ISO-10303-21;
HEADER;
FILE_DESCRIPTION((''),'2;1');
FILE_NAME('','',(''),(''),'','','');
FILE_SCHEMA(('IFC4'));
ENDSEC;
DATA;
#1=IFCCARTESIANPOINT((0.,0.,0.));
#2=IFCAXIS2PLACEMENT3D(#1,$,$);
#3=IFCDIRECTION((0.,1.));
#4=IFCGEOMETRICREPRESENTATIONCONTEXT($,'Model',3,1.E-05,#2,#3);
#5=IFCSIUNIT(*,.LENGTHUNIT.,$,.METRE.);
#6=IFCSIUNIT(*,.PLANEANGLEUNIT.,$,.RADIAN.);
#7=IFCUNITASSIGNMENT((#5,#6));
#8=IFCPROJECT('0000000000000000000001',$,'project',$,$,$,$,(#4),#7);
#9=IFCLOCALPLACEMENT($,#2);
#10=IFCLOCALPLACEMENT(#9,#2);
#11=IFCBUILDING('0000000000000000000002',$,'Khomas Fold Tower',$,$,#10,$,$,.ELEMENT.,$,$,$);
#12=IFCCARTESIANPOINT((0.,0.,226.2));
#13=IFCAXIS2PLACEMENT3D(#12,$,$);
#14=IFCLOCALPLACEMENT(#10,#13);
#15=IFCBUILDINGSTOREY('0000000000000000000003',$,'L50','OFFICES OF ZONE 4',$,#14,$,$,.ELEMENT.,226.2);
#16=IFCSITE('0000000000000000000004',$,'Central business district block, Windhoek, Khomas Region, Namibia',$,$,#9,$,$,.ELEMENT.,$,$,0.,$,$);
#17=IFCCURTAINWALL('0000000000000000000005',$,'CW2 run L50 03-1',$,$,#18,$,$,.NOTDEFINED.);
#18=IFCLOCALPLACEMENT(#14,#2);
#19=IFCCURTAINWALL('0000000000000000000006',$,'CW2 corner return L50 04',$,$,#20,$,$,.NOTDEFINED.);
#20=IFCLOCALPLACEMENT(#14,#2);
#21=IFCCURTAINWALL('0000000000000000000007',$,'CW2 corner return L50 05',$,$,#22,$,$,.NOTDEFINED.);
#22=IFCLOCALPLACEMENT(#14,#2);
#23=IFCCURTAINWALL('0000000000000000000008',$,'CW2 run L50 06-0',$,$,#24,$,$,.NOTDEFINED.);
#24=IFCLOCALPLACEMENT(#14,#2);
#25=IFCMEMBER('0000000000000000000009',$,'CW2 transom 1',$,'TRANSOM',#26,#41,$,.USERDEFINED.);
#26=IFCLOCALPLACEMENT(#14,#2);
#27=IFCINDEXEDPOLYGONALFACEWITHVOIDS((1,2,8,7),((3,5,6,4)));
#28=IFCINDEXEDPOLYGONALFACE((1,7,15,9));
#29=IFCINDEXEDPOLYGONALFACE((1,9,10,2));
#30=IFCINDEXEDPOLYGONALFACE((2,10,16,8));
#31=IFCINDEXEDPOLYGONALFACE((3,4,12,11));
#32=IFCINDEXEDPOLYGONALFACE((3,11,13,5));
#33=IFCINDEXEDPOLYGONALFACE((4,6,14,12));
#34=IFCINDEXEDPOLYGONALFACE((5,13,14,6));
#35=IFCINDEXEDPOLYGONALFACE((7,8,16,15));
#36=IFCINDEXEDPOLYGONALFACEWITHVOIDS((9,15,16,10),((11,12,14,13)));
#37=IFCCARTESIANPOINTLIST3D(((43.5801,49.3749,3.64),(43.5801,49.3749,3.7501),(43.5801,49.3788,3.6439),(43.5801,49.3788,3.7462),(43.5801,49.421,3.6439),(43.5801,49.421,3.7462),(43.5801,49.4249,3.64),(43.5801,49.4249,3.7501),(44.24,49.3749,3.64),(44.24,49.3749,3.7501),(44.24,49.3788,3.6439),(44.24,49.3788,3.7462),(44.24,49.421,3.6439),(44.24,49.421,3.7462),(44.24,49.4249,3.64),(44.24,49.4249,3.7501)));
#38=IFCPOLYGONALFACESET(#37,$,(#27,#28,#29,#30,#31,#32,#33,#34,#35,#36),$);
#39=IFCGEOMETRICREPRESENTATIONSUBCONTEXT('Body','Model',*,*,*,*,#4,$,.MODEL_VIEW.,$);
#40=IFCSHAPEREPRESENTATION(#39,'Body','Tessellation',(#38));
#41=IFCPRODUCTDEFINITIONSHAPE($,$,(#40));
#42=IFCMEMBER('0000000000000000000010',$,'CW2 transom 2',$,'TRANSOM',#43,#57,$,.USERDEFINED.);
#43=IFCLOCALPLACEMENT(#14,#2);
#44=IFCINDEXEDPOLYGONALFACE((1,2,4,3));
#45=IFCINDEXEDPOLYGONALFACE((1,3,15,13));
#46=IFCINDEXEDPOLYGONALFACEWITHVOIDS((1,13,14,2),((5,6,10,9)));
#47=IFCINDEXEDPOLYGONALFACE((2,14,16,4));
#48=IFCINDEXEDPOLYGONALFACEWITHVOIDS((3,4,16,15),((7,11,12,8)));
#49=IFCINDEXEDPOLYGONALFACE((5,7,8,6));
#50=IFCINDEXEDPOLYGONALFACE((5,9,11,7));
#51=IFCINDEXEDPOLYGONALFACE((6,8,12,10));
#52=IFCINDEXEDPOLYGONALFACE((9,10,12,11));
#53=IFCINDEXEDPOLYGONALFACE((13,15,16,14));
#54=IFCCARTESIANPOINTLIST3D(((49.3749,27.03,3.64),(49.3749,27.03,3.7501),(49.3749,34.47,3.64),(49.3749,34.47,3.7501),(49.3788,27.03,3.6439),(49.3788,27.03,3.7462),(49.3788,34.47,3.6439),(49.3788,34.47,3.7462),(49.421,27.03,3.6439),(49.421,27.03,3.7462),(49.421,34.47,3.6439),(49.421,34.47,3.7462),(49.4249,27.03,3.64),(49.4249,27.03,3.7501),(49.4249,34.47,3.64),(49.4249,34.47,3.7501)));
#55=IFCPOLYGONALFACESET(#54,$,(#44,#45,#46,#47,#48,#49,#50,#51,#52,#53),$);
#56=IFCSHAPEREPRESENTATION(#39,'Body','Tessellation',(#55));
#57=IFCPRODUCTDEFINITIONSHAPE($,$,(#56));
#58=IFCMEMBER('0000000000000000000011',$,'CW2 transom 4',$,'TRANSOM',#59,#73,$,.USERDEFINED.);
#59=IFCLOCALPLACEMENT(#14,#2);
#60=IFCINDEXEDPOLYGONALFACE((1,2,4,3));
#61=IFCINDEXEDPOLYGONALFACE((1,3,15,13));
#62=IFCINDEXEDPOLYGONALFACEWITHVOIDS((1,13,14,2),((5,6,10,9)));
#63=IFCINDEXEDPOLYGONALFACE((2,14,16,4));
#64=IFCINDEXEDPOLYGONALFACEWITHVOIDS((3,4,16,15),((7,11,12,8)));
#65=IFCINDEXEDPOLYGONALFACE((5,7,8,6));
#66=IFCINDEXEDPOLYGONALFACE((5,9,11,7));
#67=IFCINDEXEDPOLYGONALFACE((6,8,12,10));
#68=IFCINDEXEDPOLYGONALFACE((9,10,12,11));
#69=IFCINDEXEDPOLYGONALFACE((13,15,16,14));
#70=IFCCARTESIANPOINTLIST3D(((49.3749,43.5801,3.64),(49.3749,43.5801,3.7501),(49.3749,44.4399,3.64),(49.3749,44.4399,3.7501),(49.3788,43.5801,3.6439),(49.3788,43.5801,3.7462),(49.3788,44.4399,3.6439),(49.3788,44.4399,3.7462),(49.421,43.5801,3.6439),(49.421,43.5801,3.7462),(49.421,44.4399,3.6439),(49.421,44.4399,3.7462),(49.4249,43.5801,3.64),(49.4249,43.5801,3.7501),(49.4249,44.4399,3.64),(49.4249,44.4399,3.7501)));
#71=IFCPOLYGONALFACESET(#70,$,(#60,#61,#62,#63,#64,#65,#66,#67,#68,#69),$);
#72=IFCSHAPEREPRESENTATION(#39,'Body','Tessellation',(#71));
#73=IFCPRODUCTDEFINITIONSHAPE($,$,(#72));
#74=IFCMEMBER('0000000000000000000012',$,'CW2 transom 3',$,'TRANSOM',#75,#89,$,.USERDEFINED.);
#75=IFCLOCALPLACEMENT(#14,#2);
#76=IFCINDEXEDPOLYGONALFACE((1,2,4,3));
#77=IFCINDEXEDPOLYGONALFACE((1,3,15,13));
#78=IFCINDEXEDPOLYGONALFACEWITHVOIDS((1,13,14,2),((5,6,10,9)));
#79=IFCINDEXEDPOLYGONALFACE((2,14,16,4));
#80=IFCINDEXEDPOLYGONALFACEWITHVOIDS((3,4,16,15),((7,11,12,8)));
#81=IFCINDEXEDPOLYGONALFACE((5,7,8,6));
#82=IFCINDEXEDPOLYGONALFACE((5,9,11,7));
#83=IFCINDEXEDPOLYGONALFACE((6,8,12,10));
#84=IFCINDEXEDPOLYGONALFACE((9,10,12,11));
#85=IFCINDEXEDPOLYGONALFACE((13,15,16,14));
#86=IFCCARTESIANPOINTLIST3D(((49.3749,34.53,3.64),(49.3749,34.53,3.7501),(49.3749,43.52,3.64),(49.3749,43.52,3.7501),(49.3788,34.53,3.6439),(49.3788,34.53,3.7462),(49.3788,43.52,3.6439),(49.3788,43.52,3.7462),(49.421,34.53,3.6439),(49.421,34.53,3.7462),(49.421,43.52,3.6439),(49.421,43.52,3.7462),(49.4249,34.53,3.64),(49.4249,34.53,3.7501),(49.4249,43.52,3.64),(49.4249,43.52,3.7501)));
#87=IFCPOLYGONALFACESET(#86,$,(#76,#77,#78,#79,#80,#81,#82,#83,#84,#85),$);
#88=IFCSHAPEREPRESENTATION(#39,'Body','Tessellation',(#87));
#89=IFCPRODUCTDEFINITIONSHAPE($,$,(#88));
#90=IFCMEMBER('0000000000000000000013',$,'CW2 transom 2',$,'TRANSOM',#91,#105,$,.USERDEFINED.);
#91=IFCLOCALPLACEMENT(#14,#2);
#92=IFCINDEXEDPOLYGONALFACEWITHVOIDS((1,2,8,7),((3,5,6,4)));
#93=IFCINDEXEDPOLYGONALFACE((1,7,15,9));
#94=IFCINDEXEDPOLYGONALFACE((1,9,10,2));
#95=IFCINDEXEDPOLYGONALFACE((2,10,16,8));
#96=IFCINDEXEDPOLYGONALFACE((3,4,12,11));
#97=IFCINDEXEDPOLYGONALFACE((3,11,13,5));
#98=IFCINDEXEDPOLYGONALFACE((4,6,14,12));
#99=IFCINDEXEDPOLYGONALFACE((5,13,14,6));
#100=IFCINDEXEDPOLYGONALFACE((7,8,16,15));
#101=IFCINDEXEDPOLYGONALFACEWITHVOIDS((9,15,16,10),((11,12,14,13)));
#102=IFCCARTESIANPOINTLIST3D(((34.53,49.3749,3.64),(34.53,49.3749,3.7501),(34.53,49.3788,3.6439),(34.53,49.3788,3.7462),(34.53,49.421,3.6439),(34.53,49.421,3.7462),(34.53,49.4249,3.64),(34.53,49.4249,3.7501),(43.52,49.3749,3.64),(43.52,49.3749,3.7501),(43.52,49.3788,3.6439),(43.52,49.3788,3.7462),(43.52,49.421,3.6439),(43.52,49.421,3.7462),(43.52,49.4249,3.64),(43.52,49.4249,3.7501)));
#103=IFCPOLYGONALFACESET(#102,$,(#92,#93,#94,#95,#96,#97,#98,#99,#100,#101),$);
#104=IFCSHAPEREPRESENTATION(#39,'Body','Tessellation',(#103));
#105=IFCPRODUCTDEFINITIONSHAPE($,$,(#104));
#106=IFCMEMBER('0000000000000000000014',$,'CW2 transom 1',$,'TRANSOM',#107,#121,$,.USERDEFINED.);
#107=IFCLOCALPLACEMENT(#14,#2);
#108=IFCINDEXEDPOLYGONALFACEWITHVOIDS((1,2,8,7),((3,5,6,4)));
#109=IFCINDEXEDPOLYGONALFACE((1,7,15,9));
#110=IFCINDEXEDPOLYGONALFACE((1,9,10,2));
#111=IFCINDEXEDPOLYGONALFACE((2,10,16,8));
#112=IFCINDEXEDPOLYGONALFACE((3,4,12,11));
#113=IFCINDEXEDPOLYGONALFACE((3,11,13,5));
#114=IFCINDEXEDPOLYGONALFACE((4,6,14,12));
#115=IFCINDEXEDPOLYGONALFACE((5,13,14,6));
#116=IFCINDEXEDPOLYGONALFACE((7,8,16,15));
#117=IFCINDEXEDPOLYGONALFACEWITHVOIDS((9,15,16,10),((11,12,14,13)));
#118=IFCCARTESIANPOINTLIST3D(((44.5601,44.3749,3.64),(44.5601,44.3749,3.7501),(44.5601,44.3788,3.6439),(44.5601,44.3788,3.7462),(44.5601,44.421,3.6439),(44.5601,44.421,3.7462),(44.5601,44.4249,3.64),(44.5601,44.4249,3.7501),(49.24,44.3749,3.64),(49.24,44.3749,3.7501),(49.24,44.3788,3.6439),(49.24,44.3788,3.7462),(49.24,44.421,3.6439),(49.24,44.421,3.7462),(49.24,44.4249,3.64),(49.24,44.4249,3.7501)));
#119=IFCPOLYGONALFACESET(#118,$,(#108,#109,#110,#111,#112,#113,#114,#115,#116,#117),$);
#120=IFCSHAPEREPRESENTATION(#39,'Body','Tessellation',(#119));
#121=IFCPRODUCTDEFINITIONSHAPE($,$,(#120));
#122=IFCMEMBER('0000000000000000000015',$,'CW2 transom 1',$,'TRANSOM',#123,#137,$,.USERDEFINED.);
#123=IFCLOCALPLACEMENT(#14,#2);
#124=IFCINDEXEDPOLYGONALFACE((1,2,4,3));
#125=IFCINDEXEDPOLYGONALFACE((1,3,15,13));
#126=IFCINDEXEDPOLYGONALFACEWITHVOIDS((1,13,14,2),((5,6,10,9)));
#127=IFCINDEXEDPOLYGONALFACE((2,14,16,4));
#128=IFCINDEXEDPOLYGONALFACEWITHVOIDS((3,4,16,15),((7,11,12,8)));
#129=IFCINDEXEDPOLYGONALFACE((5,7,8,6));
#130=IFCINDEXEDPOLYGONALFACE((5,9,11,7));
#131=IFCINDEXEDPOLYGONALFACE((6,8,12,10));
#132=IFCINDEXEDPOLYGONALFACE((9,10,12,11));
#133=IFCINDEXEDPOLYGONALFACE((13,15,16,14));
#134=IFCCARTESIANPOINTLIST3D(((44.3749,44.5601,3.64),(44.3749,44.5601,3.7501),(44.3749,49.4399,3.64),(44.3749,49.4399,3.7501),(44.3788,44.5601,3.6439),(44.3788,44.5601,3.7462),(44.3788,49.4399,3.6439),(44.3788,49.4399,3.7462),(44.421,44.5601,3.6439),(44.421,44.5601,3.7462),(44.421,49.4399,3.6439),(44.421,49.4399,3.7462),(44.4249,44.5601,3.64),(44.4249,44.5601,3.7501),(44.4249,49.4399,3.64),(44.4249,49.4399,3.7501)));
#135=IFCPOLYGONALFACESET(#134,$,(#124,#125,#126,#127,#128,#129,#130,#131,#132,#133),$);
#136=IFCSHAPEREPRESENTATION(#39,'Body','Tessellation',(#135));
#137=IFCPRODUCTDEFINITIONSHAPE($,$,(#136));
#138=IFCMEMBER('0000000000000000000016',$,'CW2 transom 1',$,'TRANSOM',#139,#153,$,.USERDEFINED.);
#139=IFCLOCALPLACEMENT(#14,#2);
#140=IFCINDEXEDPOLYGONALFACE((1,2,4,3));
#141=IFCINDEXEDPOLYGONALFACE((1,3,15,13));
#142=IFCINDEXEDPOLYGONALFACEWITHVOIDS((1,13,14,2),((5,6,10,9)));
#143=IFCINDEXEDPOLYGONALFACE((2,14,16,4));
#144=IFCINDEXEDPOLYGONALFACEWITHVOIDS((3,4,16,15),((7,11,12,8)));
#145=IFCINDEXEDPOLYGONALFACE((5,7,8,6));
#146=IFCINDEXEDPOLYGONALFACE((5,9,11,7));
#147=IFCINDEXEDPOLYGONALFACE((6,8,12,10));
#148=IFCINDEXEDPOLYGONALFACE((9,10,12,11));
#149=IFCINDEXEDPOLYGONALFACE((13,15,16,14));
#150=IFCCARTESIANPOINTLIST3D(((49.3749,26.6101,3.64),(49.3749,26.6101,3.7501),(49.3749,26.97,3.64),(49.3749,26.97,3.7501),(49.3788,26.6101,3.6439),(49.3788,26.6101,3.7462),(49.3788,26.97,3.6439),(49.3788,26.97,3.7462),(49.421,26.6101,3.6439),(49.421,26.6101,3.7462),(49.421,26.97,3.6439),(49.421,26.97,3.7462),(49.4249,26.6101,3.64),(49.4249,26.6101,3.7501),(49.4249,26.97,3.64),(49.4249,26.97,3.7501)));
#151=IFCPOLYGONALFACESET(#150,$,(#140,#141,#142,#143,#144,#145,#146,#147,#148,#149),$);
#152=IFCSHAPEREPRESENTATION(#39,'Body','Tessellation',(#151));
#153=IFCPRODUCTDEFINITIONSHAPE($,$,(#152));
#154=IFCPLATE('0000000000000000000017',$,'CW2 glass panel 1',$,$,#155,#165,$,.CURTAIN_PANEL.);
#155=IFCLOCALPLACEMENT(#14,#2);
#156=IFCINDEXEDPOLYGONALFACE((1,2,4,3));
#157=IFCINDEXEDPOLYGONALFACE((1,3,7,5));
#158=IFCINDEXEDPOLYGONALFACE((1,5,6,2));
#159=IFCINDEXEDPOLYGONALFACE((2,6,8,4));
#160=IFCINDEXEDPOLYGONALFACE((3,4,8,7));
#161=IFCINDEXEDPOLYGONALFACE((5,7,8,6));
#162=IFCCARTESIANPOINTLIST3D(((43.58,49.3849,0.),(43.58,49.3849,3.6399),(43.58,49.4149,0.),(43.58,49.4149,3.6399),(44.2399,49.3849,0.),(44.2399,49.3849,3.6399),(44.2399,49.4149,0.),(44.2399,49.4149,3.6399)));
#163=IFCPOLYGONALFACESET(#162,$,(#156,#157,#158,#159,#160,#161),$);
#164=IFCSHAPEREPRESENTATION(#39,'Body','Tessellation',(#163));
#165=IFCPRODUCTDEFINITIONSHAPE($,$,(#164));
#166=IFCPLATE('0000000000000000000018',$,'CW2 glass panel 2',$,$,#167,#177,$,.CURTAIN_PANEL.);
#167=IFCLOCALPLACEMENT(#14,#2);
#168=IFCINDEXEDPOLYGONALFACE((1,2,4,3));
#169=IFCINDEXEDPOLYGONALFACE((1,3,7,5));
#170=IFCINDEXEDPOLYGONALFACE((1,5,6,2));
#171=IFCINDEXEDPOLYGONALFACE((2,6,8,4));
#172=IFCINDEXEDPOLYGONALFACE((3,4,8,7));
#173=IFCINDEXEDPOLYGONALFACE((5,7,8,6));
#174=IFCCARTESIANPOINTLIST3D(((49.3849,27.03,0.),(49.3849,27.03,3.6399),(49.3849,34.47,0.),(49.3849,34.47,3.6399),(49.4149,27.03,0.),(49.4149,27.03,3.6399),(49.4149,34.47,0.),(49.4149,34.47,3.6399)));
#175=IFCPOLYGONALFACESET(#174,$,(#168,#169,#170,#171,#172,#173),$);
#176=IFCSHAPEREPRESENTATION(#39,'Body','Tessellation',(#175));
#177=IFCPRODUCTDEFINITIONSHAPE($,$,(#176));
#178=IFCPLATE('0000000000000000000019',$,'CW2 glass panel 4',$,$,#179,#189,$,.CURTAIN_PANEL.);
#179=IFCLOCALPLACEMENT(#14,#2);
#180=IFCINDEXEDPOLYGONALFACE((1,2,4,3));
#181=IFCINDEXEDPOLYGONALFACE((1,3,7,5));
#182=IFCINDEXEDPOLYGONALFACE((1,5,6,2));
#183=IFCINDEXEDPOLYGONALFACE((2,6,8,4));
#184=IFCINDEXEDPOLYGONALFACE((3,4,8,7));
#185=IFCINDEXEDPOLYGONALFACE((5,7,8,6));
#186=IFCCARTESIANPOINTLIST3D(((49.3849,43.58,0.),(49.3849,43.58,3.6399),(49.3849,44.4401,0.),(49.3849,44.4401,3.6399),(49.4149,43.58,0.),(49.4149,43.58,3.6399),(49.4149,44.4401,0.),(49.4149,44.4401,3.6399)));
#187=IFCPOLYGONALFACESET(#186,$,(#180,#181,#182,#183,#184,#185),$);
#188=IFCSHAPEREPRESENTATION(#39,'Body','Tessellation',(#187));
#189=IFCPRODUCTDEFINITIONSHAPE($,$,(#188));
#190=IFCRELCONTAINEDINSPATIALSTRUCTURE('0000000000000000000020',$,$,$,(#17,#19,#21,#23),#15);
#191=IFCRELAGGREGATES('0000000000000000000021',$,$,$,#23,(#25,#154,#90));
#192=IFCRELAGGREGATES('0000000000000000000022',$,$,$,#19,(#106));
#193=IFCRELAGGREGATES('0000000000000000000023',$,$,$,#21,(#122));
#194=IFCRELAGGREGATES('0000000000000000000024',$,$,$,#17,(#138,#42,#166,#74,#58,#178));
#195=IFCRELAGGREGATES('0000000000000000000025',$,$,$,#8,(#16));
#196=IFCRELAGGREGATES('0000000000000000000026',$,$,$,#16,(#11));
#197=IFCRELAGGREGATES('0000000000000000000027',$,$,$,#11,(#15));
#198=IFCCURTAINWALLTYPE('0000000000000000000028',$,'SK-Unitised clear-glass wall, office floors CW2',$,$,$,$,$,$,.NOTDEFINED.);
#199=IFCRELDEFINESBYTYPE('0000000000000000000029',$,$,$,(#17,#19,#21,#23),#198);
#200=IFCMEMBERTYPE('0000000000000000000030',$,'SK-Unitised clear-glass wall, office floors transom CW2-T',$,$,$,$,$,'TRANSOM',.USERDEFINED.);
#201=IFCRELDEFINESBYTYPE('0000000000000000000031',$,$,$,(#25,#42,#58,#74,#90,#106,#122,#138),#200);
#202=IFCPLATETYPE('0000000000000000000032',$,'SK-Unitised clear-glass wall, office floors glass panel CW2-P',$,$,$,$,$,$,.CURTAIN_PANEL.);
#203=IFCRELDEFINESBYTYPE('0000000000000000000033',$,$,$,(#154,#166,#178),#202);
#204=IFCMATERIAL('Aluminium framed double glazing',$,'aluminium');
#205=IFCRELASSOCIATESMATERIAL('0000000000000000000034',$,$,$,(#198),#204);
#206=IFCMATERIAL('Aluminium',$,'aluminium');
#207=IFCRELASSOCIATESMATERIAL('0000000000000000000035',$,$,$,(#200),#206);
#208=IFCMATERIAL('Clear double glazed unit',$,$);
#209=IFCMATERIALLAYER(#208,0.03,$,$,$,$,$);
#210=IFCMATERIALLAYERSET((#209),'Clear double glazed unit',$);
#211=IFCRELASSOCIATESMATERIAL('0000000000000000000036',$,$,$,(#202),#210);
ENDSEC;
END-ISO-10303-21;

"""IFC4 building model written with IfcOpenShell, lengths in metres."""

from ifc_helpers import new_model, si_unit, direction, frame, origin, origin_2d, place, context, subcontext, project, spatial, rectangle, hollow_rectangle, extrude, source, transform, mapped, material, layer, layer_set, material_profile, profile_set, type_object, element, aggregate, save


model = new_model("IFC4")

# Units and contexts
model_context = context("Model", 3, precision=1e-05, world=origin(), true_north=direction((0.0, 1.0)))
body_context = subcontext(model_context, "Body", "Model", "MODEL_VIEW")
ifc_project = project(units=[si_unit("LENGTHUNIT", "METRE"), si_unit("PLANEANGLEUNIT", "RADIAN")], contexts=[model_context])

# Site, building, storey
site_placement = place(None, origin())
site = spatial("IfcSite", under=ifc_project, at=site_placement, Name="Central business district block, Windhoek, Khomas Region, Namibia", CompositionType="ELEMENT", RefElevation=0.0)
building_placement = place(site_placement, origin())
building = spatial("IfcBuilding", under=site, at=building_placement, Name="Khomas Fold Tower", CompositionType="ELEMENT")
storey_placement = place(building_placement, frame((0.0, 0.0, 226.2)))
storey = spatial("IfcBuildingStorey", under=building, at=storey_placement, Name="L50", Description="OFFICES OF ZONE 4", CompositionType="ELEMENT", Elevation=226.2)

# Curtain walls, member
ifc_material_1 = material(Name="Aluminium framed double glazing", Category="aluminium")
curtain_wall_type = type_object("IfcCurtainWallType", Name="SK-Unitised clear-glass wall, office floors CW2", PredefinedType="NOTDEFINED", material=ifc_material_1)
curtain_wall_1_placement = place(storey_placement, origin())
curtain_wall_1 = element("IfcCurtainWall", 1, at=curtain_wall_1_placement, inside=storey, type_object=curtain_wall_type, Name="CW2 run L50 03-1", PredefinedType="NOTDEFINED")
curtain_wall_2_placement = place(storey_placement, origin())
curtain_wall_2 = element("IfcCurtainWall", 2, at=curtain_wall_2_placement, inside=storey, type_object=curtain_wall_type, Name="CW2 corner return L50 04", PredefinedType="NOTDEFINED")
curtain_wall_3_placement = place(storey_placement, origin())
curtain_wall_3 = element("IfcCurtainWall", 3, at=curtain_wall_3_placement, inside=storey, type_object=curtain_wall_type, Name="CW2 corner return L50 05", PredefinedType="NOTDEFINED")
curtain_wall_4_placement = place(storey_placement, origin())
curtain_wall_4 = element("IfcCurtainWall", 4, at=curtain_wall_4_placement, inside=storey, type_object=curtain_wall_type, Name="CW2 run L50 06-0", PredefinedType="NOTDEFINED")
ifc_material_2 = material(Name="Aluminium", Category="aluminium")
ifc_material_profile_1 = material_profile(ifc_material_2, hollow_rectangle(XDim=0.05, YDim=0.1101, WallThickness=0.0039, at=origin_2d()), Name="SK-Unitised clear-glass wall, office floors transom CW2-T")
ifc_profile_set_1 = profile_set([ifc_material_profile_1], Name="Aluminium")
member_type_1 = type_object("IfcMemberType", Name="SK-Unitised clear-glass wall, office floors transom CW2-T", ElementType="TRANSOM", PredefinedType="USERDEFINED", material=ifc_profile_set_1)
shared_shape_1 = source(origin(), body_context, "Body", "SweptSolid", [
    extrude(hollow_rectangle(XDim=0.05, YDim=0.1101, WallThickness=0.0039, at=origin_2d()), origin(), (0.0, 0.0, 1.0), 0.6599),
])
member_1_placement = place(storey_placement, frame((44.24, 49.3999, 3.6951), z_axis=(-1.0, 0.0, 0.0), x_axis=(0.0, -1.0, 0.0)))
member_1 = element("IfcMember", 5, at=member_1_placement, type_object=member_type_1, Name="CW2 transom 1", ObjectType="TRANSOM", PredefinedType="USERDEFINED", context=body_context, shape_type="MappedRepresentation", body=[
    mapped(shared_shape_1, transform((0.0, 0.0, 0.0))),
])

# Members
shared_shape_2 = source(origin(), body_context, "Body", "SweptSolid", [
    extrude(hollow_rectangle(XDim=0.05, YDim=0.1101, WallThickness=0.0039, at=origin_2d()), origin(), (0.0, 0.0, 1.0), 7.4399),
])
member_2_placement = place(storey_placement, frame((49.3999, 27.03, 3.6951), z_axis=(0.0, 1.0, 0.0), x_axis=(-1.0, 0.0, 0.0)))
member_2 = element("IfcMember", 6, at=member_2_placement, type_object=member_type_1, Name="CW2 transom 2", ObjectType="TRANSOM", PredefinedType="USERDEFINED", context=body_context, shape_type="MappedRepresentation", body=[
    mapped(shared_shape_2, transform((0.0, 0.0, 0.0))),
])
shared_shape_3 = source(origin(), body_context, "Body", "SweptSolid", [
    extrude(hollow_rectangle(XDim=0.05, YDim=0.1101, WallThickness=0.0039, at=origin_2d()), origin(), (0.0, 0.0, 1.0), 0.8599),
])
member_3_placement = place(storey_placement, frame((49.3999, 43.5801, 3.6951), z_axis=(0.0, 1.0, 0.0), x_axis=(-1.0, 0.0, 0.0)))
member_3 = element("IfcMember", 7, at=member_3_placement, type_object=member_type_1, Name="CW2 transom 4", ObjectType="TRANSOM", PredefinedType="USERDEFINED", context=body_context, shape_type="MappedRepresentation", body=[
    mapped(shared_shape_3, transform((0.0, 0.0, 0.0))),
])
shared_shape_4 = source(origin(), body_context, "Body", "SweptSolid", [
    extrude(hollow_rectangle(XDim=0.05, YDim=0.1101, WallThickness=0.0039, at=origin_2d()), origin(), (0.0, 0.0, 1.0), 8.99),
])
member_4_placement = place(storey_placement, frame((49.3999, 34.53, 3.6951), z_axis=(0.0, 1.0, 0.0), x_axis=(-1.0, 0.0, 0.0)))
member_4 = element("IfcMember", 8, at=member_4_placement, type_object=member_type_1, Name="CW2 transom 3", ObjectType="TRANSOM", PredefinedType="USERDEFINED", context=body_context, shape_type="MappedRepresentation", body=[
    mapped(shared_shape_4, transform((0.0, 0.0, 0.0))),
])
member_5_placement = place(storey_placement, frame((43.52, 49.3999, 3.6951), z_axis=(-1.0, 0.0, 0.0), x_axis=(0.0, -1.0, 0.0)))
member_5 = element("IfcMember", 9, at=member_5_placement, type_object=member_type_1, Name="CW2 transom 2", ObjectType="TRANSOM", PredefinedType="USERDEFINED", context=body_context, shape_type="MappedRepresentation", body=[
    mapped(shared_shape_4, transform((0.0, 0.0, 0.0))),
])
shared_shape_5 = source(origin(), body_context, "Body", "SweptSolid", [
    extrude(hollow_rectangle(XDim=0.05, YDim=0.1101, WallThickness=0.0039, at=origin_2d()), origin(), (0.0, 0.0, 1.0), 4.6799),
])
member_6_placement = place(storey_placement, frame((49.24, 44.3999, 3.6951), z_axis=(-1.0, 0.0, 0.0), x_axis=(0.0, -1.0, 0.0)))
member_6 = element("IfcMember", 10, at=member_6_placement, type_object=member_type_1, Name="CW2 transom 1", ObjectType="TRANSOM", PredefinedType="USERDEFINED", context=body_context, shape_type="MappedRepresentation", body=[
    mapped(shared_shape_5, transform((0.0, 0.0, 0.0))),
])
shared_shape_6 = source(origin(), body_context, "Body", "SweptSolid", [
    extrude(hollow_rectangle(XDim=0.05, YDim=0.1101, WallThickness=0.0039, at=origin_2d()), origin(), (0.0, 0.0, 1.0), 4.8799),
])
member_7_placement = place(storey_placement, frame((44.3999, 44.5601, 3.6951), z_axis=(0.0, 1.0, 0.0), x_axis=(-1.0, 0.0, 0.0)))
member_7 = element("IfcMember", 11, at=member_7_placement, type_object=member_type_1, Name="CW2 transom 1", ObjectType="TRANSOM", PredefinedType="USERDEFINED", context=body_context, shape_type="MappedRepresentation", body=[
    mapped(shared_shape_6, transform((0.0, 0.0, 0.0))),
])
shared_shape_7 = source(origin(), body_context, "Body", "SweptSolid", [
    extrude(hollow_rectangle(XDim=0.05, YDim=0.1101, WallThickness=0.0039, at=origin_2d()), origin(), (0.0, 0.0, 1.0), 0.3599),
])
member_8_placement = place(storey_placement, frame((49.3999, 26.6101, 3.6951), z_axis=(0.0, 1.0, 0.0), x_axis=(-1.0, 0.0, 0.0)))
member_8 = element("IfcMember", 12, at=member_8_placement, type_object=member_type_1, Name="CW2 transom 1", ObjectType="TRANSOM", PredefinedType="USERDEFINED", context=body_context, shape_type="MappedRepresentation", body=[
    mapped(shared_shape_7, transform((0.0, 0.0, 0.0))),
])

# Plates
ifc_material_3 = material(Name="Clear double glazed unit")
ifc_layer_1 = layer(ifc_material_3, 0.03)
ifc_layer_set_1 = layer_set([ifc_layer_1], Name="Clear double glazed unit")
plate_type = type_object("IfcPlateType", Name="SK-Unitised clear-glass wall, office floors glass panel CW2-P", PredefinedType="CURTAIN_PANEL", material=ifc_layer_set_1)
shared_shape_8 = source(origin(), body_context, "Body", "SweptSolid", [
    extrude(rectangle(XDim=0.6599, YDim=0.03, at=origin_2d()), origin(), (0.0, 0.0, 1.0), 3.6399),
])
plate_1_placement = place(storey_placement, frame((43.9099, 49.3999, 0.0), z_axis=(0.0, 0.0, 1.0), x_axis=(-1.0, 0.0, 0.0)))
plate_1 = element("IfcPlate", 13, at=plate_1_placement, type_object=plate_type, Name="CW2 glass panel 1", PredefinedType="CURTAIN_PANEL", context=body_context, shape_type="MappedRepresentation", body=[
    mapped(shared_shape_8, transform((0.0, 0.0, 0.0))),
])
aggregate(curtain_wall_4, [member_1, plate_1, member_5])
shared_shape_9 = source(origin(), body_context, "Body", "SweptSolid", [
    extrude(rectangle(XDim=7.4399, YDim=0.03, at=origin_2d()), origin(), (0.0, 0.0, 1.0), 3.6399),
])
plate_2_placement = place(storey_placement, frame((49.3999, 30.75, 0.0), z_axis=(0.0, 0.0, 1.0), x_axis=(0.0, 1.0, 0.0)))
plate_2 = element("IfcPlate", 14, at=plate_2_placement, type_object=plate_type, Name="CW2 glass panel 2", PredefinedType="CURTAIN_PANEL", context=body_context, shape_type="MappedRepresentation", body=[
    mapped(shared_shape_9, transform((0.0, 0.0, 0.0))),
])
shared_shape_10 = source(origin(), body_context, "Body", "SweptSolid", [
    extrude(rectangle(XDim=0.8601, YDim=0.03, at=origin_2d()), origin(), (0.0, 0.0, 1.0), 3.6399),
])
plate_3_placement = place(storey_placement, frame((49.3999, 44.01, 0.0), z_axis=(0.0, 0.0, 1.0), x_axis=(0.0, 1.0, 0.0)))
plate_3 = element("IfcPlate", 15, at=plate_3_placement, type_object=plate_type, Name="CW2 glass panel 4", PredefinedType="CURTAIN_PANEL", context=body_context, shape_type="MappedRepresentation", body=[
    mapped(shared_shape_10, transform((0.0, 0.0, 0.0))),
])
aggregate(curtain_wall_2, [member_6])
aggregate(curtain_wall_3, [member_7])
aggregate(curtain_wall_1, [member_8, member_2, plate_2, member_4, member_3, plate_3])

save(model, "model.ifc")
